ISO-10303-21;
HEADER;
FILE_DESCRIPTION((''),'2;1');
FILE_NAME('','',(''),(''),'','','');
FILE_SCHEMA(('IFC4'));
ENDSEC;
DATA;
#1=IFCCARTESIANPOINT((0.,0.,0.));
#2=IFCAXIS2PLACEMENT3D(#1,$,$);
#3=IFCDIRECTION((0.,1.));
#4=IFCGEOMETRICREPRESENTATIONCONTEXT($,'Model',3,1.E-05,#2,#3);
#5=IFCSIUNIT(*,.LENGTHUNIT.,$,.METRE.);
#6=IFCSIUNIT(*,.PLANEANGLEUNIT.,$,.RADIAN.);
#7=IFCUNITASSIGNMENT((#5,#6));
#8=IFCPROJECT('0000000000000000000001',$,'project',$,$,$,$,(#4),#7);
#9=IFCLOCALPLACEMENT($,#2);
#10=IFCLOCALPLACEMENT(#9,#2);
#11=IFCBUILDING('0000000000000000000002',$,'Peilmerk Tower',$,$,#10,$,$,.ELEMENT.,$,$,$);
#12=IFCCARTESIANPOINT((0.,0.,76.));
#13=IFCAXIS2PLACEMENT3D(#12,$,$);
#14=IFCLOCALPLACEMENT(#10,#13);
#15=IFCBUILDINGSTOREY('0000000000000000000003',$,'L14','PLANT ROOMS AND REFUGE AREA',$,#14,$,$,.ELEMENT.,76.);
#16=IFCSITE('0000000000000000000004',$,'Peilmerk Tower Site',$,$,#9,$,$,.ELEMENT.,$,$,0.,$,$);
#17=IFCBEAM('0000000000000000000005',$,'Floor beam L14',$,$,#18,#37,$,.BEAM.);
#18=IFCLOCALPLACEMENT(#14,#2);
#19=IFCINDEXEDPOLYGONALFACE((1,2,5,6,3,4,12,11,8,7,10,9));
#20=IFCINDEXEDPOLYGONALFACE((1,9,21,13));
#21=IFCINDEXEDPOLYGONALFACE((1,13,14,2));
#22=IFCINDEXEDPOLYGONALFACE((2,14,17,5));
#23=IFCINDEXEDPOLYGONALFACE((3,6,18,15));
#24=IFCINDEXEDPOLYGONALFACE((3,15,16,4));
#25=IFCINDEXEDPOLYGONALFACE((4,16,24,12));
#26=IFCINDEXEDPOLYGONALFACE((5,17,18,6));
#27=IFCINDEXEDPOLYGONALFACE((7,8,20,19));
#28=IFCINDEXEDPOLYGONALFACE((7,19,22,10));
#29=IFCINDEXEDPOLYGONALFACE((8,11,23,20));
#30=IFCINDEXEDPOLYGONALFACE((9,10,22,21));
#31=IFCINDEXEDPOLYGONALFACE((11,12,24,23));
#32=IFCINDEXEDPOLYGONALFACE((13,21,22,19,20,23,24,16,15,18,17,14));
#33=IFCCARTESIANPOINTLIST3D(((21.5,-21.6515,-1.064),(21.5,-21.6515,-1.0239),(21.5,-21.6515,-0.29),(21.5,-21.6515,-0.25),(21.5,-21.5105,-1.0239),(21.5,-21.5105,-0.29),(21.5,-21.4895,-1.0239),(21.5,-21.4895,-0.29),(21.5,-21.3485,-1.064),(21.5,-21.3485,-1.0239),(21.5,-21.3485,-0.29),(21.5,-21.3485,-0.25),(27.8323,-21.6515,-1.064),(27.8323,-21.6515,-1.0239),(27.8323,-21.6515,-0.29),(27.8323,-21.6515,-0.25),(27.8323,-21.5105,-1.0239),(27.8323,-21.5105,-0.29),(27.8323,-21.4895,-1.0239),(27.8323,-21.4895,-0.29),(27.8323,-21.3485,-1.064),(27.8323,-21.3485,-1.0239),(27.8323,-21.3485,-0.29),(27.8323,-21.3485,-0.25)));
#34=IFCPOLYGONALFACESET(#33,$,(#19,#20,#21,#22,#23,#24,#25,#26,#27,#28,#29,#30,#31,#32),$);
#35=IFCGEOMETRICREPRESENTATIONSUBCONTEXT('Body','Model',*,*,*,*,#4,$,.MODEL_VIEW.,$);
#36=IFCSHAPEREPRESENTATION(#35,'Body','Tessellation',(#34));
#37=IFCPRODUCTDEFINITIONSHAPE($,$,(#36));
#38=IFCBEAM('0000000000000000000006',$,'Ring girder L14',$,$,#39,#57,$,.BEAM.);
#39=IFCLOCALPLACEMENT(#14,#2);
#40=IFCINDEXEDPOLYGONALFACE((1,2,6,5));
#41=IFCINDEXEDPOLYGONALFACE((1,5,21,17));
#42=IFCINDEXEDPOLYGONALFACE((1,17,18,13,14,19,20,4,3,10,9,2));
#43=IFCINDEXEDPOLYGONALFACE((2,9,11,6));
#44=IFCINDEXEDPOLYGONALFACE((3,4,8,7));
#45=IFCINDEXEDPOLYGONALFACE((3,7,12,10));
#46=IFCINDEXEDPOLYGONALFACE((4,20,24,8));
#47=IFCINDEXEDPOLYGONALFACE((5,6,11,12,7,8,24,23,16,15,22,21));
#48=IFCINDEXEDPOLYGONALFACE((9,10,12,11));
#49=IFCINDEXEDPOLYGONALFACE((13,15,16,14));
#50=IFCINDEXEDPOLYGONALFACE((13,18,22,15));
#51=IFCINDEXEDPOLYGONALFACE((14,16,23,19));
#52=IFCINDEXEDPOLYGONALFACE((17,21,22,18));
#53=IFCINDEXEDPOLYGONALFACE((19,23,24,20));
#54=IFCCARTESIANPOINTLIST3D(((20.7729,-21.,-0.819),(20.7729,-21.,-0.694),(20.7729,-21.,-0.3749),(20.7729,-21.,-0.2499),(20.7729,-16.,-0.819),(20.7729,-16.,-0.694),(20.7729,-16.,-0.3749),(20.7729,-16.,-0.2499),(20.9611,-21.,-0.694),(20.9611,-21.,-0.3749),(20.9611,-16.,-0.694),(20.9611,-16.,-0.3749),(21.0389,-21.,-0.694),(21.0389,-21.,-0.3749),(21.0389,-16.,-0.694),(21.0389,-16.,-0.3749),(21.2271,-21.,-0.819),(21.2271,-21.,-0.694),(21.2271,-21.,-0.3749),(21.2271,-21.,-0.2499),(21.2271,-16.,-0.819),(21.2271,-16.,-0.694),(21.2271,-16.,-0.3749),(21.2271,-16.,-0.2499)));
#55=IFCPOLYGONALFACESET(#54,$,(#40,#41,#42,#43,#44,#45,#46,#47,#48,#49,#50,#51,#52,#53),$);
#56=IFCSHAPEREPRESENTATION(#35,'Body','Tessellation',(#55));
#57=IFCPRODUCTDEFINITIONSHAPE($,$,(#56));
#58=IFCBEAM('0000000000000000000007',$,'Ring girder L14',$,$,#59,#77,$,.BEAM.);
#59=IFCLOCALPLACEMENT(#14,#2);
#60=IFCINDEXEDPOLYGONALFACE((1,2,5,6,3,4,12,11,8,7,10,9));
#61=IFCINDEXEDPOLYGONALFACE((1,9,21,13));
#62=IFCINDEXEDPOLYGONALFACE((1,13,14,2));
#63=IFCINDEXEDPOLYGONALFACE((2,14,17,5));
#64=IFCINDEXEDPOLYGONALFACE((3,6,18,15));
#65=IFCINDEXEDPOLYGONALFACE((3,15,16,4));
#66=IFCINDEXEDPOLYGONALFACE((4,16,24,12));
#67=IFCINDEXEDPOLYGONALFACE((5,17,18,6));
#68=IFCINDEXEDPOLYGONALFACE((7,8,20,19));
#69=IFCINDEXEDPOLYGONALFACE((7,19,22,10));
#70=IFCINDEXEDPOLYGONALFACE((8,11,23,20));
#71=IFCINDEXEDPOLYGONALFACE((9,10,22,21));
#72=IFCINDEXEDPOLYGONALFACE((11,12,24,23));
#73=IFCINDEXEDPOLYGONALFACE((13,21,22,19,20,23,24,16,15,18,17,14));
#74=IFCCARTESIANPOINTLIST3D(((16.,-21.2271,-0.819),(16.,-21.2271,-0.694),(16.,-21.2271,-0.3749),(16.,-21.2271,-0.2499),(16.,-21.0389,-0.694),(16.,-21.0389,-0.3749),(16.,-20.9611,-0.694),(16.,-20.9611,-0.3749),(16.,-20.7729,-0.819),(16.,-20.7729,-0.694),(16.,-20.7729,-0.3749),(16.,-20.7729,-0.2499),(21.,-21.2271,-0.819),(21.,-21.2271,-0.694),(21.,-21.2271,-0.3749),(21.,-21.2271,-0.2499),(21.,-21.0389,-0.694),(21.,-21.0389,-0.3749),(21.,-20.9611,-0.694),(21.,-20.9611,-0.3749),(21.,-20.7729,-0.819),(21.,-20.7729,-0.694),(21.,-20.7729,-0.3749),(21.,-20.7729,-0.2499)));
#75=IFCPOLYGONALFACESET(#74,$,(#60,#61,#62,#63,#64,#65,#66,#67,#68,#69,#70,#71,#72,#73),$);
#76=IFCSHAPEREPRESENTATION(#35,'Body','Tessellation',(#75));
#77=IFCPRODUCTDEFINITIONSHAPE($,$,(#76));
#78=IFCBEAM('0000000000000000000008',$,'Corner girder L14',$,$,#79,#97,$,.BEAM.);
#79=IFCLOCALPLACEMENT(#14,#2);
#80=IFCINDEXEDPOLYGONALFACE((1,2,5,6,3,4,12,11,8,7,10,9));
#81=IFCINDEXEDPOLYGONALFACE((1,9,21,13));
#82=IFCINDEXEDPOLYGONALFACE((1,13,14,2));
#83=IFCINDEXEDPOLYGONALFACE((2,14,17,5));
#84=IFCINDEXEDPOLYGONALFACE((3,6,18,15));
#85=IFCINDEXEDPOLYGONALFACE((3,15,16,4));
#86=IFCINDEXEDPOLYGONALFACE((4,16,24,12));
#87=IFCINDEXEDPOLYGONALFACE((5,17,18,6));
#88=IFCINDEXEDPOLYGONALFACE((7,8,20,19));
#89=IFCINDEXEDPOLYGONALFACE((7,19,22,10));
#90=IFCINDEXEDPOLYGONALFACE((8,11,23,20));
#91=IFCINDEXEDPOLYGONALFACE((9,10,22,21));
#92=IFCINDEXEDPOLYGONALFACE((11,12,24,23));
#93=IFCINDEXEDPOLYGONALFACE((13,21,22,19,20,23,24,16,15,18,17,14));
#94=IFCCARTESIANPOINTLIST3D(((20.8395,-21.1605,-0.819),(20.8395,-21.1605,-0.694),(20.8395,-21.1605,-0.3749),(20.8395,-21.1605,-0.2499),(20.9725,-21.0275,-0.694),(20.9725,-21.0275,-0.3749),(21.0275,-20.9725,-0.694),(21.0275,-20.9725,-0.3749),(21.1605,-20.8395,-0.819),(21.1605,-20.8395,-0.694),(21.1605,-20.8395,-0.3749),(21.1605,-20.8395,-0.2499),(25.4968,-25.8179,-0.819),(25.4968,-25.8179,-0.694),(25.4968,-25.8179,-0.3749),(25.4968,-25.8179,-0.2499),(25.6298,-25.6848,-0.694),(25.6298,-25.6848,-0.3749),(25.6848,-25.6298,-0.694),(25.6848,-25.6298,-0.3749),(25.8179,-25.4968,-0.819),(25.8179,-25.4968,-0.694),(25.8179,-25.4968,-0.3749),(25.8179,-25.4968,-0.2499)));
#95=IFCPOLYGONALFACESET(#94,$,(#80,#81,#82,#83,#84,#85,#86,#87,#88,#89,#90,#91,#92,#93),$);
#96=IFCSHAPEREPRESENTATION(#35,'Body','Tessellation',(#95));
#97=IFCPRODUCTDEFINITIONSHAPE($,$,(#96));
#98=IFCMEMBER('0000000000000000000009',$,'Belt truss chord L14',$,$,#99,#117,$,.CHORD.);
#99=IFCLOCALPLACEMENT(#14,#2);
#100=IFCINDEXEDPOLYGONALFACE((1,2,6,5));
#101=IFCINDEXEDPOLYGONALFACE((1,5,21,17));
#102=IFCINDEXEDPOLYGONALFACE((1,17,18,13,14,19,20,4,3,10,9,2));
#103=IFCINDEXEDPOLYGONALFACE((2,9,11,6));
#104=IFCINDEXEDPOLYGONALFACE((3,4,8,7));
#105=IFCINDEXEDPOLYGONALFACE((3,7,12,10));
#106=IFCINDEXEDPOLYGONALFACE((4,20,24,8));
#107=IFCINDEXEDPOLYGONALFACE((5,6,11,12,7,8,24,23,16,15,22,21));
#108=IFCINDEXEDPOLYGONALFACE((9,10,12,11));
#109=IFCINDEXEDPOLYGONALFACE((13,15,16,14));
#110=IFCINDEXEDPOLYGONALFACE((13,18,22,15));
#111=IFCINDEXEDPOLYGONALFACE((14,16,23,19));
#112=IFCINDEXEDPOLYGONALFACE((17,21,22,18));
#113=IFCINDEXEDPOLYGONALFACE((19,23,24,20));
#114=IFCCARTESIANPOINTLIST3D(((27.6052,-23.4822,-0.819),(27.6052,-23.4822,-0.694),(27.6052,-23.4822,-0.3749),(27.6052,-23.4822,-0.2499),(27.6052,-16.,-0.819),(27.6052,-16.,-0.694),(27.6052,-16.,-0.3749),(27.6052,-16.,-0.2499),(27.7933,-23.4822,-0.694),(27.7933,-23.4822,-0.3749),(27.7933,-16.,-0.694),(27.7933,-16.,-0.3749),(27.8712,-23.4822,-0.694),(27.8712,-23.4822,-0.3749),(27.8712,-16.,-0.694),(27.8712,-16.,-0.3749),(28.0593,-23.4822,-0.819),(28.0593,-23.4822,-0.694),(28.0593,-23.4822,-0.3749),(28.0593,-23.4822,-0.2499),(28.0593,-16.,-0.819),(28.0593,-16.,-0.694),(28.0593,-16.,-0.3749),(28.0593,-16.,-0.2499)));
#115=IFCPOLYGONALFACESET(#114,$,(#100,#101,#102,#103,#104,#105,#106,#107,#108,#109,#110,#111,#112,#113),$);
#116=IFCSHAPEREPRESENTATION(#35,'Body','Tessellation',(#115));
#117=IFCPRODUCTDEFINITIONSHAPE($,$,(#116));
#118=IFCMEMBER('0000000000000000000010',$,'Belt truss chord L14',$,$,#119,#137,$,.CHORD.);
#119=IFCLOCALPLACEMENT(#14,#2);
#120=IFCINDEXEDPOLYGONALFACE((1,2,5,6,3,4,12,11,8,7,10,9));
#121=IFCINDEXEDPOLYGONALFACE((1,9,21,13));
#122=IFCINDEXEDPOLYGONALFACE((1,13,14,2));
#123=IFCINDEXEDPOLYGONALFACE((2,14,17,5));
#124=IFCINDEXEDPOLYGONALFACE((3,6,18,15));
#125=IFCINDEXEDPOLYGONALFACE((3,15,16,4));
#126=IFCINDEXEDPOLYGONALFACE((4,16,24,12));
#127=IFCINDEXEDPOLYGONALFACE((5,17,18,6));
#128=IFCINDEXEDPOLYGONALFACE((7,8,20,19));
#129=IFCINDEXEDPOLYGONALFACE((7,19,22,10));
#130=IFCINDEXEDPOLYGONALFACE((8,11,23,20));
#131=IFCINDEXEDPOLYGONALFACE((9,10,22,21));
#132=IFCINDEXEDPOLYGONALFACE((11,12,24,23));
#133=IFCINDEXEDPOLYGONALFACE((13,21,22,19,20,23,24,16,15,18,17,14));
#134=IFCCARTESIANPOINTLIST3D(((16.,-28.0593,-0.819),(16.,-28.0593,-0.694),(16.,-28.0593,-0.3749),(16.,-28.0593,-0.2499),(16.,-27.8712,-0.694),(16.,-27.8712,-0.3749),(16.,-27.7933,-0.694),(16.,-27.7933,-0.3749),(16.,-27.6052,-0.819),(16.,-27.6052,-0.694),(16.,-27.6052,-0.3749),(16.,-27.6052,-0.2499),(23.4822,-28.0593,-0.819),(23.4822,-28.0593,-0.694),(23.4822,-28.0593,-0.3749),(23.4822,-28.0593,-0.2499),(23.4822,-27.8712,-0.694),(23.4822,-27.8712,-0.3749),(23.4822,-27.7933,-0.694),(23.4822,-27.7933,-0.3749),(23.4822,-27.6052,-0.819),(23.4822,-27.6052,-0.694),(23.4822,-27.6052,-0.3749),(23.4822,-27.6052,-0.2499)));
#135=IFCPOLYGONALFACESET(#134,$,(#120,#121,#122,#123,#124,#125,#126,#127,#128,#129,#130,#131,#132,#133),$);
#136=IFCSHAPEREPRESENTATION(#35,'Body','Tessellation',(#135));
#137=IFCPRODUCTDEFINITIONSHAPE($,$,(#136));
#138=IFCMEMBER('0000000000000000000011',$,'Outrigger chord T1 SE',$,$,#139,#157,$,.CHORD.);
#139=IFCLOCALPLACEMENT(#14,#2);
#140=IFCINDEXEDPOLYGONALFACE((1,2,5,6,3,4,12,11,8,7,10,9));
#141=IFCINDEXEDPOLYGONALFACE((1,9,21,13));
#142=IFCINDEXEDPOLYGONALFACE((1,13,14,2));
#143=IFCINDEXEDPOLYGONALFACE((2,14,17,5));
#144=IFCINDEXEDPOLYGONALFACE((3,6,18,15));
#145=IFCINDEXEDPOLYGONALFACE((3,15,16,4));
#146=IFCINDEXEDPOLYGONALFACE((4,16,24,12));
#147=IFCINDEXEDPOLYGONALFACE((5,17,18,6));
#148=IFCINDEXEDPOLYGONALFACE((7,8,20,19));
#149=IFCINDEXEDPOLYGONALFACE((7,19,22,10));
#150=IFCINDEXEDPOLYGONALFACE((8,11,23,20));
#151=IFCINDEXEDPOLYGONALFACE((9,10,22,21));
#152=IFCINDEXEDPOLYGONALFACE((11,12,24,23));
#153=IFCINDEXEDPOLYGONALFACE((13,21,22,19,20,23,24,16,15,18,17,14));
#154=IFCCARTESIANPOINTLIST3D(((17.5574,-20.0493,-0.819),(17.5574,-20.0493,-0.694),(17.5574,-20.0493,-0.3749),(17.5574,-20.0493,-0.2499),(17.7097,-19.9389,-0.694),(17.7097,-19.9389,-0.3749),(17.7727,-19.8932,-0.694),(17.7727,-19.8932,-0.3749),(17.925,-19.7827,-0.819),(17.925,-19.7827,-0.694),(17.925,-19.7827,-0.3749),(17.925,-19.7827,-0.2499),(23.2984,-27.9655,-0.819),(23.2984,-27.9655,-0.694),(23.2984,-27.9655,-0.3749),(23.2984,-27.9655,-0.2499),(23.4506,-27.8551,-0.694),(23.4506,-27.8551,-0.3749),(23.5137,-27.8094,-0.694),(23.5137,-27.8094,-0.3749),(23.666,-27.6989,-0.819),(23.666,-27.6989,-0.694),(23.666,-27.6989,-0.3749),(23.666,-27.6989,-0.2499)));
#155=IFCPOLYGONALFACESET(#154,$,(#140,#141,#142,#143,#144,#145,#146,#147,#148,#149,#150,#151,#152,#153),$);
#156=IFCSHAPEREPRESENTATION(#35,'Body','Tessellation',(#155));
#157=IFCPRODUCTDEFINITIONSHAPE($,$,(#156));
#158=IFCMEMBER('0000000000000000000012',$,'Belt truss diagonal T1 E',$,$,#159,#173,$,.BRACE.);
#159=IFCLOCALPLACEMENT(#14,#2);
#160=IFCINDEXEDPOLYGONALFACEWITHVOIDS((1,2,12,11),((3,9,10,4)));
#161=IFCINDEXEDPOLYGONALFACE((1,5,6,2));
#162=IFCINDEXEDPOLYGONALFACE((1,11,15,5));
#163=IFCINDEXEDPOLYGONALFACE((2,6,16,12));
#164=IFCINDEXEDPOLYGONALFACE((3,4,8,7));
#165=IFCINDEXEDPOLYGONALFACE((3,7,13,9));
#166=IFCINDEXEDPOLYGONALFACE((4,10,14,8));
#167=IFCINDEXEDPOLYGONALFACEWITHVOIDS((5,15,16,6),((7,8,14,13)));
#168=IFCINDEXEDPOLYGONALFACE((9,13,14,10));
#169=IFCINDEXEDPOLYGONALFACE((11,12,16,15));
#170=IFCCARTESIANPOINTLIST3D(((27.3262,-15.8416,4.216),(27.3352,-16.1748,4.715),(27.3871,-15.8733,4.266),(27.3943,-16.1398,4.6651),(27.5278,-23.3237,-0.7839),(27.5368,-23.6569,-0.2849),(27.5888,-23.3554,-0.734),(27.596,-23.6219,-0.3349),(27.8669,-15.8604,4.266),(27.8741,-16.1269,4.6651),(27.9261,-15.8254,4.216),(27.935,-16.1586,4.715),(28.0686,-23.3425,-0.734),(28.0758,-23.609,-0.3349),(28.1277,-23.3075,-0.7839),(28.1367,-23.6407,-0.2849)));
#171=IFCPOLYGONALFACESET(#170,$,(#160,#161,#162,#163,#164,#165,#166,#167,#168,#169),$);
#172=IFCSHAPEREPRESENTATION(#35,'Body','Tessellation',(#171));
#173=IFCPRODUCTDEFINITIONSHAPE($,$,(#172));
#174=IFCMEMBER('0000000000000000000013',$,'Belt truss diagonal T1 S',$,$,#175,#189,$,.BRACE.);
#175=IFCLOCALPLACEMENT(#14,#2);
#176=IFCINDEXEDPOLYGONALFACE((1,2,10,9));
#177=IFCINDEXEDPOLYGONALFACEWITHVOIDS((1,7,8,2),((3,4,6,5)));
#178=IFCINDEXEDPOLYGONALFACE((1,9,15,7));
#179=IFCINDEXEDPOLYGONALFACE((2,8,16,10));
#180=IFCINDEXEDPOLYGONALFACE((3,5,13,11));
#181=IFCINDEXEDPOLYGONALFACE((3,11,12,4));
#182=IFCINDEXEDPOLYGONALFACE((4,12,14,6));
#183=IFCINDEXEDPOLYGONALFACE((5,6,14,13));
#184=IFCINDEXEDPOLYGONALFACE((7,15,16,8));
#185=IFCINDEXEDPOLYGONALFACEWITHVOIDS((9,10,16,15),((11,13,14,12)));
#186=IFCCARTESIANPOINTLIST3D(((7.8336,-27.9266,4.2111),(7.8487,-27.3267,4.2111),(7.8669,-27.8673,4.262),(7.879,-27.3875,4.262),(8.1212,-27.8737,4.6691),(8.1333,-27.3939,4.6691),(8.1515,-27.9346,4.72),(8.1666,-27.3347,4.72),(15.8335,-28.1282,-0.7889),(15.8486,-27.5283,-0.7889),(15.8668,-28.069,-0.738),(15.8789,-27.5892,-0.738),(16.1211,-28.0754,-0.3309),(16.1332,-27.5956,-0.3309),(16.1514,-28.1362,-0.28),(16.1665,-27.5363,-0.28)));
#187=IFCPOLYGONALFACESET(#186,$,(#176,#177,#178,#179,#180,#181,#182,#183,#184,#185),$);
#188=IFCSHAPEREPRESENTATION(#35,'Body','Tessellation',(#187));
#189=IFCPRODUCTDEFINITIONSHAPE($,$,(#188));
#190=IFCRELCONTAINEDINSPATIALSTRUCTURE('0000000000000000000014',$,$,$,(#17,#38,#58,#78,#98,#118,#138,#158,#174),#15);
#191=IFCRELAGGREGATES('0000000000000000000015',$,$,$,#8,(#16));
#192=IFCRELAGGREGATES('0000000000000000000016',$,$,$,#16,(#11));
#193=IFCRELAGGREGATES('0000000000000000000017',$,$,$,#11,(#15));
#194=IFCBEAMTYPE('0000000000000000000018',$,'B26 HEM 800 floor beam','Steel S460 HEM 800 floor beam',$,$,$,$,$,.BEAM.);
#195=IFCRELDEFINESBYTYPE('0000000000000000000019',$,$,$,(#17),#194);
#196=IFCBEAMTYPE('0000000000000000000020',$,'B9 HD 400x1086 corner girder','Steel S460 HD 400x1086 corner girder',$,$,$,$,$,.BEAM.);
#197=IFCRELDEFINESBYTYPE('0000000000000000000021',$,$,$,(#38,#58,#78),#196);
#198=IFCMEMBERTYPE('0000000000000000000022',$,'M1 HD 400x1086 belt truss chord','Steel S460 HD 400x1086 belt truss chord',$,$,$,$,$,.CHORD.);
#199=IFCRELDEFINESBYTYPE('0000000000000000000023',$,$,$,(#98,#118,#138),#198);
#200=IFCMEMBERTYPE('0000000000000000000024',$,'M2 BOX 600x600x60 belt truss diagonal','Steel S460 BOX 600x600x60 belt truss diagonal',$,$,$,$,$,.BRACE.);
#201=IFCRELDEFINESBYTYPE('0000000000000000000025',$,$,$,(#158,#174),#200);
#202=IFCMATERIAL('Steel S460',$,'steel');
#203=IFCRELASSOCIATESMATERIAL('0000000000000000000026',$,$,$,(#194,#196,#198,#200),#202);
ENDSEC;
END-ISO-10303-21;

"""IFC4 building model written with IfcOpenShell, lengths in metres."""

from ifc_helpers import new_model, si_unit, direction, frame, origin, origin_2d, place, context, subcontext, project, spatial, hollow_rectangle, i_section, extrude, material, material_profile, profile_set, type_object, element, save


model = new_model("IFC4")

# Units and contexts
model_context = context("Model", 3, precision=1e-05, world=origin(), true_north=direction((0.0, 1.0)))
body_context = subcontext(model_context, "Body", "Model", "MODEL_VIEW")
ifc_project = project(units=[si_unit("LENGTHUNIT", "METRE"), si_unit("PLANEANGLEUNIT", "RADIAN")], contexts=[model_context])

# Site, building, storey
site_placement = place(None, origin())
site = spatial("IfcSite", under=ifc_project, at=site_placement, Name="Peilmerk Tower Site", CompositionType="ELEMENT", RefElevation=0.0)
building_placement = place(site_placement, origin())
building = spatial("IfcBuilding", under=site, at=building_placement, Name="Peilmerk Tower", CompositionType="ELEMENT")
storey_placement = place(building_placement, frame((0.0, 0.0, 76.0)))
storey = spatial("IfcBuildingStorey", under=building, at=storey_placement, Name="L14", Description="PLANT ROOMS AND REFUGE AREA", CompositionType="ELEMENT", Elevation=76.0)

# Shared definitions
ifc_material_1 = material(Name="Steel S460", Category="steel")

# Beams
ifc_material_profile_1 = material_profile(ifc_material_1, i_section(OverallWidth=0.303, OverallDepth=0.814, WebThickness=0.021, FlangeThickness=0.04, at=origin_2d()), Name="HEM 800")
ifc_profile_set_1 = profile_set([ifc_material_profile_1], Name="Steel S460")
beam_type_1 = type_object("IfcBeamType", Name="B26 HEM 800 floor beam", Description="Steel S460 HEM 800 floor beam", PredefinedType="BEAM", material=ifc_profile_set_1)
for number, where, z_axis, x_axis, name in (
    (1, (21.5, -21.5, -0.657), (1.0, 0.0, 0.0), (0.0, 1.0, 0.0), "Floor beam L14"),
):
    element("IfcBeam", number, at=place(storey_placement, frame(where, z_axis=z_axis, x_axis=x_axis)), inside=storey, type_object=beam_type_1, Name=name, PredefinedType="BEAM", context=body_context, shape_type="SweptSolid", body=[
        extrude(i_section(OverallWidth=0.303, OverallDepth=0.814, WebThickness=0.021, FlangeThickness=0.04, at=origin_2d()), origin(), (0.0, 0.0, 1.0), 6.3323),
    ])
ifc_material_profile_2 = material_profile(ifc_material_1, i_section(OverallWidth=0.4541, OverallDepth=0.5691, WebThickness=0.0779, FlangeThickness=0.125, at=origin_2d()), Name="HD 400x1086")
ifc_profile_set_2 = profile_set([ifc_material_profile_2], Name="Steel S460")
beam_type_2 = type_object("IfcBeamType", Name="B9 HD 400x1086 corner girder", Description="Steel S460 HD 400x1086 corner girder", PredefinedType="BEAM", material=ifc_profile_set_2)
for number, where, z_axis, x_axis, name in (
    (2, (21.0, -21.0, -0.5344), (0.0, 1.0, 0.0), (-1.0, 0.0, 0.0), "Ring girder L14"),
    (3, (16.0, -21.0, -0.5344), (1.0, 0.0, 0.0), (0.0, 1.0, 0.0), "Ring girder L14"),
):
    element("IfcBeam", number, at=place(storey_placement, frame(where, z_axis=z_axis, x_axis=x_axis)), inside=storey, type_object=beam_type_2, Name=name, PredefinedType="BEAM", context=body_context, shape_type="SweptSolid", body=[
        extrude(i_section(OverallWidth=0.4541, OverallDepth=0.5691, WebThickness=0.0779, FlangeThickness=0.125, at=origin_2d()), origin(), (0.0, 0.0, 1.0), 5.0),
    ])
beam_1_placement = place(storey_placement, frame((21.0, -21.0, -0.5344), z_axis=(0.707107, -0.707107, 0.0), x_axis=(0.707107, 0.707107, 0.0)))
element("IfcBeam", 4, at=beam_1_placement, inside=storey, type_object=beam_type_2, Name="Corner girder L14", PredefinedType="BEAM", context=body_context, shape_type="SweptSolid", body=[
    extrude(i_section(OverallWidth=0.4541, OverallDepth=0.5691, WebThickness=0.0779, FlangeThickness=0.125, at=origin_2d()), origin(), (0.0, 0.0, 1.0), 6.5864),
])

# Members
ifc_material_profile_3 = material_profile(ifc_material_1, i_section(OverallWidth=0.4541, OverallDepth=0.5691, WebThickness=0.0779, FlangeThickness=0.125, at=origin_2d()), Name="HD 400x1086")
ifc_profile_set_3 = profile_set([ifc_material_profile_3], Name="Steel S460")
member_type_1 = type_object("IfcMemberType", Name="M1 HD 400x1086 belt truss chord", Description="Steel S460 HD 400x1086 belt truss chord", PredefinedType="CHORD", material=ifc_profile_set_3)
for number, where, z_axis, x_axis, name in (
    (5, (27.8323, -23.4822, -0.5344), (0.0, 1.0, 0.0), (-1.0, 0.0, 0.0), "Belt truss chord L14"),
    (6, (16.0, -27.8323, -0.5344), (1.0, 0.0, 0.0), (0.0, 1.0, 0.0), "Belt truss chord L14"),
):
    element("IfcMember", number, at=place(storey_placement, frame(where, z_axis=z_axis, x_axis=x_axis)), inside=storey, type_object=member_type_1, Name=name, PredefinedType="CHORD", context=body_context, shape_type="SweptSolid", body=[
        extrude(i_section(OverallWidth=0.4541, OverallDepth=0.5691, WebThickness=0.0779, FlangeThickness=0.125, at=origin_2d()), origin(), (0.0, 0.0, 1.0), 7.4822),
    ])
member_1_placement = place(storey_placement, frame((17.7412, -19.916, -0.5344), z_axis=(0.58708, -0.809529, 0.0), x_axis=(0.809529, 0.58708, 0.0)))
element("IfcMember", 7, at=member_1_placement, inside=storey, type_object=member_type_1, Name="Outrigger chord T1 SE", PredefinedType="CHORD", context=body_context, shape_type="SweptSolid", body=[
    extrude(i_section(OverallWidth=0.4541, OverallDepth=0.5691, WebThickness=0.0779, FlangeThickness=0.125, at=origin_2d()), origin(), (0.0, 0.0, 1.0), 9.7788),
])
ifc_material_profile_4 = material_profile(ifc_material_1, hollow_rectangle(XDim=0.6001, YDim=0.6001, WallThickness=0.0601, at=origin_2d()), Name="BOX 600x600x60")
ifc_profile_set_4 = profile_set([ifc_material_profile_4], Name="Steel S460")
member_type_2 = type_object("IfcMemberType", Name="M2 BOX 600x600x60 belt truss diagonal", Description="Steel S460 BOX 600x600x60 belt truss diagonal", PredefinedType="BRACE", material=ifc_profile_set_4)
member_2_placement = place(storey_placement, frame((27.8323, -23.4822, -0.5344), z_axis=(-0.022403, 0.831232, 0.555474), x_axis=(-0.999637, -0.026942, 0.0)))
element("IfcMember", 8, at=member_2_placement, inside=storey, type_object=member_type_2, Name="Belt truss diagonal T1 E", PredefinedType="BRACE", context=body_context, shape_type="SweptSolid", body=[
    extrude(hollow_rectangle(XDim=0.6001, YDim=0.6001, WallThickness=0.0601, at=origin_2d()), origin(), (0.0, 0.0, 1.0), 9.0012),
])
member_3_placement = place(storey_placement, frame((16.0, -27.8323, -0.5344), z_axis=(-0.847805, 0.021371, 0.529878), x_axis=(-0.0252, -0.999682, 0.0)))
element("IfcMember", 9, at=member_3_placement, inside=storey, type_object=member_type_2, Name="Belt truss diagonal T1 S", PredefinedType="BRACE", context=body_context, shape_type="SweptSolid", body=[
    extrude(hollow_rectangle(XDim=0.6001, YDim=0.6001, WallThickness=0.0601, at=origin_2d()), origin(), (0.0, 0.0, 1.0), 9.436),
])

save(model, "model.ifc")
